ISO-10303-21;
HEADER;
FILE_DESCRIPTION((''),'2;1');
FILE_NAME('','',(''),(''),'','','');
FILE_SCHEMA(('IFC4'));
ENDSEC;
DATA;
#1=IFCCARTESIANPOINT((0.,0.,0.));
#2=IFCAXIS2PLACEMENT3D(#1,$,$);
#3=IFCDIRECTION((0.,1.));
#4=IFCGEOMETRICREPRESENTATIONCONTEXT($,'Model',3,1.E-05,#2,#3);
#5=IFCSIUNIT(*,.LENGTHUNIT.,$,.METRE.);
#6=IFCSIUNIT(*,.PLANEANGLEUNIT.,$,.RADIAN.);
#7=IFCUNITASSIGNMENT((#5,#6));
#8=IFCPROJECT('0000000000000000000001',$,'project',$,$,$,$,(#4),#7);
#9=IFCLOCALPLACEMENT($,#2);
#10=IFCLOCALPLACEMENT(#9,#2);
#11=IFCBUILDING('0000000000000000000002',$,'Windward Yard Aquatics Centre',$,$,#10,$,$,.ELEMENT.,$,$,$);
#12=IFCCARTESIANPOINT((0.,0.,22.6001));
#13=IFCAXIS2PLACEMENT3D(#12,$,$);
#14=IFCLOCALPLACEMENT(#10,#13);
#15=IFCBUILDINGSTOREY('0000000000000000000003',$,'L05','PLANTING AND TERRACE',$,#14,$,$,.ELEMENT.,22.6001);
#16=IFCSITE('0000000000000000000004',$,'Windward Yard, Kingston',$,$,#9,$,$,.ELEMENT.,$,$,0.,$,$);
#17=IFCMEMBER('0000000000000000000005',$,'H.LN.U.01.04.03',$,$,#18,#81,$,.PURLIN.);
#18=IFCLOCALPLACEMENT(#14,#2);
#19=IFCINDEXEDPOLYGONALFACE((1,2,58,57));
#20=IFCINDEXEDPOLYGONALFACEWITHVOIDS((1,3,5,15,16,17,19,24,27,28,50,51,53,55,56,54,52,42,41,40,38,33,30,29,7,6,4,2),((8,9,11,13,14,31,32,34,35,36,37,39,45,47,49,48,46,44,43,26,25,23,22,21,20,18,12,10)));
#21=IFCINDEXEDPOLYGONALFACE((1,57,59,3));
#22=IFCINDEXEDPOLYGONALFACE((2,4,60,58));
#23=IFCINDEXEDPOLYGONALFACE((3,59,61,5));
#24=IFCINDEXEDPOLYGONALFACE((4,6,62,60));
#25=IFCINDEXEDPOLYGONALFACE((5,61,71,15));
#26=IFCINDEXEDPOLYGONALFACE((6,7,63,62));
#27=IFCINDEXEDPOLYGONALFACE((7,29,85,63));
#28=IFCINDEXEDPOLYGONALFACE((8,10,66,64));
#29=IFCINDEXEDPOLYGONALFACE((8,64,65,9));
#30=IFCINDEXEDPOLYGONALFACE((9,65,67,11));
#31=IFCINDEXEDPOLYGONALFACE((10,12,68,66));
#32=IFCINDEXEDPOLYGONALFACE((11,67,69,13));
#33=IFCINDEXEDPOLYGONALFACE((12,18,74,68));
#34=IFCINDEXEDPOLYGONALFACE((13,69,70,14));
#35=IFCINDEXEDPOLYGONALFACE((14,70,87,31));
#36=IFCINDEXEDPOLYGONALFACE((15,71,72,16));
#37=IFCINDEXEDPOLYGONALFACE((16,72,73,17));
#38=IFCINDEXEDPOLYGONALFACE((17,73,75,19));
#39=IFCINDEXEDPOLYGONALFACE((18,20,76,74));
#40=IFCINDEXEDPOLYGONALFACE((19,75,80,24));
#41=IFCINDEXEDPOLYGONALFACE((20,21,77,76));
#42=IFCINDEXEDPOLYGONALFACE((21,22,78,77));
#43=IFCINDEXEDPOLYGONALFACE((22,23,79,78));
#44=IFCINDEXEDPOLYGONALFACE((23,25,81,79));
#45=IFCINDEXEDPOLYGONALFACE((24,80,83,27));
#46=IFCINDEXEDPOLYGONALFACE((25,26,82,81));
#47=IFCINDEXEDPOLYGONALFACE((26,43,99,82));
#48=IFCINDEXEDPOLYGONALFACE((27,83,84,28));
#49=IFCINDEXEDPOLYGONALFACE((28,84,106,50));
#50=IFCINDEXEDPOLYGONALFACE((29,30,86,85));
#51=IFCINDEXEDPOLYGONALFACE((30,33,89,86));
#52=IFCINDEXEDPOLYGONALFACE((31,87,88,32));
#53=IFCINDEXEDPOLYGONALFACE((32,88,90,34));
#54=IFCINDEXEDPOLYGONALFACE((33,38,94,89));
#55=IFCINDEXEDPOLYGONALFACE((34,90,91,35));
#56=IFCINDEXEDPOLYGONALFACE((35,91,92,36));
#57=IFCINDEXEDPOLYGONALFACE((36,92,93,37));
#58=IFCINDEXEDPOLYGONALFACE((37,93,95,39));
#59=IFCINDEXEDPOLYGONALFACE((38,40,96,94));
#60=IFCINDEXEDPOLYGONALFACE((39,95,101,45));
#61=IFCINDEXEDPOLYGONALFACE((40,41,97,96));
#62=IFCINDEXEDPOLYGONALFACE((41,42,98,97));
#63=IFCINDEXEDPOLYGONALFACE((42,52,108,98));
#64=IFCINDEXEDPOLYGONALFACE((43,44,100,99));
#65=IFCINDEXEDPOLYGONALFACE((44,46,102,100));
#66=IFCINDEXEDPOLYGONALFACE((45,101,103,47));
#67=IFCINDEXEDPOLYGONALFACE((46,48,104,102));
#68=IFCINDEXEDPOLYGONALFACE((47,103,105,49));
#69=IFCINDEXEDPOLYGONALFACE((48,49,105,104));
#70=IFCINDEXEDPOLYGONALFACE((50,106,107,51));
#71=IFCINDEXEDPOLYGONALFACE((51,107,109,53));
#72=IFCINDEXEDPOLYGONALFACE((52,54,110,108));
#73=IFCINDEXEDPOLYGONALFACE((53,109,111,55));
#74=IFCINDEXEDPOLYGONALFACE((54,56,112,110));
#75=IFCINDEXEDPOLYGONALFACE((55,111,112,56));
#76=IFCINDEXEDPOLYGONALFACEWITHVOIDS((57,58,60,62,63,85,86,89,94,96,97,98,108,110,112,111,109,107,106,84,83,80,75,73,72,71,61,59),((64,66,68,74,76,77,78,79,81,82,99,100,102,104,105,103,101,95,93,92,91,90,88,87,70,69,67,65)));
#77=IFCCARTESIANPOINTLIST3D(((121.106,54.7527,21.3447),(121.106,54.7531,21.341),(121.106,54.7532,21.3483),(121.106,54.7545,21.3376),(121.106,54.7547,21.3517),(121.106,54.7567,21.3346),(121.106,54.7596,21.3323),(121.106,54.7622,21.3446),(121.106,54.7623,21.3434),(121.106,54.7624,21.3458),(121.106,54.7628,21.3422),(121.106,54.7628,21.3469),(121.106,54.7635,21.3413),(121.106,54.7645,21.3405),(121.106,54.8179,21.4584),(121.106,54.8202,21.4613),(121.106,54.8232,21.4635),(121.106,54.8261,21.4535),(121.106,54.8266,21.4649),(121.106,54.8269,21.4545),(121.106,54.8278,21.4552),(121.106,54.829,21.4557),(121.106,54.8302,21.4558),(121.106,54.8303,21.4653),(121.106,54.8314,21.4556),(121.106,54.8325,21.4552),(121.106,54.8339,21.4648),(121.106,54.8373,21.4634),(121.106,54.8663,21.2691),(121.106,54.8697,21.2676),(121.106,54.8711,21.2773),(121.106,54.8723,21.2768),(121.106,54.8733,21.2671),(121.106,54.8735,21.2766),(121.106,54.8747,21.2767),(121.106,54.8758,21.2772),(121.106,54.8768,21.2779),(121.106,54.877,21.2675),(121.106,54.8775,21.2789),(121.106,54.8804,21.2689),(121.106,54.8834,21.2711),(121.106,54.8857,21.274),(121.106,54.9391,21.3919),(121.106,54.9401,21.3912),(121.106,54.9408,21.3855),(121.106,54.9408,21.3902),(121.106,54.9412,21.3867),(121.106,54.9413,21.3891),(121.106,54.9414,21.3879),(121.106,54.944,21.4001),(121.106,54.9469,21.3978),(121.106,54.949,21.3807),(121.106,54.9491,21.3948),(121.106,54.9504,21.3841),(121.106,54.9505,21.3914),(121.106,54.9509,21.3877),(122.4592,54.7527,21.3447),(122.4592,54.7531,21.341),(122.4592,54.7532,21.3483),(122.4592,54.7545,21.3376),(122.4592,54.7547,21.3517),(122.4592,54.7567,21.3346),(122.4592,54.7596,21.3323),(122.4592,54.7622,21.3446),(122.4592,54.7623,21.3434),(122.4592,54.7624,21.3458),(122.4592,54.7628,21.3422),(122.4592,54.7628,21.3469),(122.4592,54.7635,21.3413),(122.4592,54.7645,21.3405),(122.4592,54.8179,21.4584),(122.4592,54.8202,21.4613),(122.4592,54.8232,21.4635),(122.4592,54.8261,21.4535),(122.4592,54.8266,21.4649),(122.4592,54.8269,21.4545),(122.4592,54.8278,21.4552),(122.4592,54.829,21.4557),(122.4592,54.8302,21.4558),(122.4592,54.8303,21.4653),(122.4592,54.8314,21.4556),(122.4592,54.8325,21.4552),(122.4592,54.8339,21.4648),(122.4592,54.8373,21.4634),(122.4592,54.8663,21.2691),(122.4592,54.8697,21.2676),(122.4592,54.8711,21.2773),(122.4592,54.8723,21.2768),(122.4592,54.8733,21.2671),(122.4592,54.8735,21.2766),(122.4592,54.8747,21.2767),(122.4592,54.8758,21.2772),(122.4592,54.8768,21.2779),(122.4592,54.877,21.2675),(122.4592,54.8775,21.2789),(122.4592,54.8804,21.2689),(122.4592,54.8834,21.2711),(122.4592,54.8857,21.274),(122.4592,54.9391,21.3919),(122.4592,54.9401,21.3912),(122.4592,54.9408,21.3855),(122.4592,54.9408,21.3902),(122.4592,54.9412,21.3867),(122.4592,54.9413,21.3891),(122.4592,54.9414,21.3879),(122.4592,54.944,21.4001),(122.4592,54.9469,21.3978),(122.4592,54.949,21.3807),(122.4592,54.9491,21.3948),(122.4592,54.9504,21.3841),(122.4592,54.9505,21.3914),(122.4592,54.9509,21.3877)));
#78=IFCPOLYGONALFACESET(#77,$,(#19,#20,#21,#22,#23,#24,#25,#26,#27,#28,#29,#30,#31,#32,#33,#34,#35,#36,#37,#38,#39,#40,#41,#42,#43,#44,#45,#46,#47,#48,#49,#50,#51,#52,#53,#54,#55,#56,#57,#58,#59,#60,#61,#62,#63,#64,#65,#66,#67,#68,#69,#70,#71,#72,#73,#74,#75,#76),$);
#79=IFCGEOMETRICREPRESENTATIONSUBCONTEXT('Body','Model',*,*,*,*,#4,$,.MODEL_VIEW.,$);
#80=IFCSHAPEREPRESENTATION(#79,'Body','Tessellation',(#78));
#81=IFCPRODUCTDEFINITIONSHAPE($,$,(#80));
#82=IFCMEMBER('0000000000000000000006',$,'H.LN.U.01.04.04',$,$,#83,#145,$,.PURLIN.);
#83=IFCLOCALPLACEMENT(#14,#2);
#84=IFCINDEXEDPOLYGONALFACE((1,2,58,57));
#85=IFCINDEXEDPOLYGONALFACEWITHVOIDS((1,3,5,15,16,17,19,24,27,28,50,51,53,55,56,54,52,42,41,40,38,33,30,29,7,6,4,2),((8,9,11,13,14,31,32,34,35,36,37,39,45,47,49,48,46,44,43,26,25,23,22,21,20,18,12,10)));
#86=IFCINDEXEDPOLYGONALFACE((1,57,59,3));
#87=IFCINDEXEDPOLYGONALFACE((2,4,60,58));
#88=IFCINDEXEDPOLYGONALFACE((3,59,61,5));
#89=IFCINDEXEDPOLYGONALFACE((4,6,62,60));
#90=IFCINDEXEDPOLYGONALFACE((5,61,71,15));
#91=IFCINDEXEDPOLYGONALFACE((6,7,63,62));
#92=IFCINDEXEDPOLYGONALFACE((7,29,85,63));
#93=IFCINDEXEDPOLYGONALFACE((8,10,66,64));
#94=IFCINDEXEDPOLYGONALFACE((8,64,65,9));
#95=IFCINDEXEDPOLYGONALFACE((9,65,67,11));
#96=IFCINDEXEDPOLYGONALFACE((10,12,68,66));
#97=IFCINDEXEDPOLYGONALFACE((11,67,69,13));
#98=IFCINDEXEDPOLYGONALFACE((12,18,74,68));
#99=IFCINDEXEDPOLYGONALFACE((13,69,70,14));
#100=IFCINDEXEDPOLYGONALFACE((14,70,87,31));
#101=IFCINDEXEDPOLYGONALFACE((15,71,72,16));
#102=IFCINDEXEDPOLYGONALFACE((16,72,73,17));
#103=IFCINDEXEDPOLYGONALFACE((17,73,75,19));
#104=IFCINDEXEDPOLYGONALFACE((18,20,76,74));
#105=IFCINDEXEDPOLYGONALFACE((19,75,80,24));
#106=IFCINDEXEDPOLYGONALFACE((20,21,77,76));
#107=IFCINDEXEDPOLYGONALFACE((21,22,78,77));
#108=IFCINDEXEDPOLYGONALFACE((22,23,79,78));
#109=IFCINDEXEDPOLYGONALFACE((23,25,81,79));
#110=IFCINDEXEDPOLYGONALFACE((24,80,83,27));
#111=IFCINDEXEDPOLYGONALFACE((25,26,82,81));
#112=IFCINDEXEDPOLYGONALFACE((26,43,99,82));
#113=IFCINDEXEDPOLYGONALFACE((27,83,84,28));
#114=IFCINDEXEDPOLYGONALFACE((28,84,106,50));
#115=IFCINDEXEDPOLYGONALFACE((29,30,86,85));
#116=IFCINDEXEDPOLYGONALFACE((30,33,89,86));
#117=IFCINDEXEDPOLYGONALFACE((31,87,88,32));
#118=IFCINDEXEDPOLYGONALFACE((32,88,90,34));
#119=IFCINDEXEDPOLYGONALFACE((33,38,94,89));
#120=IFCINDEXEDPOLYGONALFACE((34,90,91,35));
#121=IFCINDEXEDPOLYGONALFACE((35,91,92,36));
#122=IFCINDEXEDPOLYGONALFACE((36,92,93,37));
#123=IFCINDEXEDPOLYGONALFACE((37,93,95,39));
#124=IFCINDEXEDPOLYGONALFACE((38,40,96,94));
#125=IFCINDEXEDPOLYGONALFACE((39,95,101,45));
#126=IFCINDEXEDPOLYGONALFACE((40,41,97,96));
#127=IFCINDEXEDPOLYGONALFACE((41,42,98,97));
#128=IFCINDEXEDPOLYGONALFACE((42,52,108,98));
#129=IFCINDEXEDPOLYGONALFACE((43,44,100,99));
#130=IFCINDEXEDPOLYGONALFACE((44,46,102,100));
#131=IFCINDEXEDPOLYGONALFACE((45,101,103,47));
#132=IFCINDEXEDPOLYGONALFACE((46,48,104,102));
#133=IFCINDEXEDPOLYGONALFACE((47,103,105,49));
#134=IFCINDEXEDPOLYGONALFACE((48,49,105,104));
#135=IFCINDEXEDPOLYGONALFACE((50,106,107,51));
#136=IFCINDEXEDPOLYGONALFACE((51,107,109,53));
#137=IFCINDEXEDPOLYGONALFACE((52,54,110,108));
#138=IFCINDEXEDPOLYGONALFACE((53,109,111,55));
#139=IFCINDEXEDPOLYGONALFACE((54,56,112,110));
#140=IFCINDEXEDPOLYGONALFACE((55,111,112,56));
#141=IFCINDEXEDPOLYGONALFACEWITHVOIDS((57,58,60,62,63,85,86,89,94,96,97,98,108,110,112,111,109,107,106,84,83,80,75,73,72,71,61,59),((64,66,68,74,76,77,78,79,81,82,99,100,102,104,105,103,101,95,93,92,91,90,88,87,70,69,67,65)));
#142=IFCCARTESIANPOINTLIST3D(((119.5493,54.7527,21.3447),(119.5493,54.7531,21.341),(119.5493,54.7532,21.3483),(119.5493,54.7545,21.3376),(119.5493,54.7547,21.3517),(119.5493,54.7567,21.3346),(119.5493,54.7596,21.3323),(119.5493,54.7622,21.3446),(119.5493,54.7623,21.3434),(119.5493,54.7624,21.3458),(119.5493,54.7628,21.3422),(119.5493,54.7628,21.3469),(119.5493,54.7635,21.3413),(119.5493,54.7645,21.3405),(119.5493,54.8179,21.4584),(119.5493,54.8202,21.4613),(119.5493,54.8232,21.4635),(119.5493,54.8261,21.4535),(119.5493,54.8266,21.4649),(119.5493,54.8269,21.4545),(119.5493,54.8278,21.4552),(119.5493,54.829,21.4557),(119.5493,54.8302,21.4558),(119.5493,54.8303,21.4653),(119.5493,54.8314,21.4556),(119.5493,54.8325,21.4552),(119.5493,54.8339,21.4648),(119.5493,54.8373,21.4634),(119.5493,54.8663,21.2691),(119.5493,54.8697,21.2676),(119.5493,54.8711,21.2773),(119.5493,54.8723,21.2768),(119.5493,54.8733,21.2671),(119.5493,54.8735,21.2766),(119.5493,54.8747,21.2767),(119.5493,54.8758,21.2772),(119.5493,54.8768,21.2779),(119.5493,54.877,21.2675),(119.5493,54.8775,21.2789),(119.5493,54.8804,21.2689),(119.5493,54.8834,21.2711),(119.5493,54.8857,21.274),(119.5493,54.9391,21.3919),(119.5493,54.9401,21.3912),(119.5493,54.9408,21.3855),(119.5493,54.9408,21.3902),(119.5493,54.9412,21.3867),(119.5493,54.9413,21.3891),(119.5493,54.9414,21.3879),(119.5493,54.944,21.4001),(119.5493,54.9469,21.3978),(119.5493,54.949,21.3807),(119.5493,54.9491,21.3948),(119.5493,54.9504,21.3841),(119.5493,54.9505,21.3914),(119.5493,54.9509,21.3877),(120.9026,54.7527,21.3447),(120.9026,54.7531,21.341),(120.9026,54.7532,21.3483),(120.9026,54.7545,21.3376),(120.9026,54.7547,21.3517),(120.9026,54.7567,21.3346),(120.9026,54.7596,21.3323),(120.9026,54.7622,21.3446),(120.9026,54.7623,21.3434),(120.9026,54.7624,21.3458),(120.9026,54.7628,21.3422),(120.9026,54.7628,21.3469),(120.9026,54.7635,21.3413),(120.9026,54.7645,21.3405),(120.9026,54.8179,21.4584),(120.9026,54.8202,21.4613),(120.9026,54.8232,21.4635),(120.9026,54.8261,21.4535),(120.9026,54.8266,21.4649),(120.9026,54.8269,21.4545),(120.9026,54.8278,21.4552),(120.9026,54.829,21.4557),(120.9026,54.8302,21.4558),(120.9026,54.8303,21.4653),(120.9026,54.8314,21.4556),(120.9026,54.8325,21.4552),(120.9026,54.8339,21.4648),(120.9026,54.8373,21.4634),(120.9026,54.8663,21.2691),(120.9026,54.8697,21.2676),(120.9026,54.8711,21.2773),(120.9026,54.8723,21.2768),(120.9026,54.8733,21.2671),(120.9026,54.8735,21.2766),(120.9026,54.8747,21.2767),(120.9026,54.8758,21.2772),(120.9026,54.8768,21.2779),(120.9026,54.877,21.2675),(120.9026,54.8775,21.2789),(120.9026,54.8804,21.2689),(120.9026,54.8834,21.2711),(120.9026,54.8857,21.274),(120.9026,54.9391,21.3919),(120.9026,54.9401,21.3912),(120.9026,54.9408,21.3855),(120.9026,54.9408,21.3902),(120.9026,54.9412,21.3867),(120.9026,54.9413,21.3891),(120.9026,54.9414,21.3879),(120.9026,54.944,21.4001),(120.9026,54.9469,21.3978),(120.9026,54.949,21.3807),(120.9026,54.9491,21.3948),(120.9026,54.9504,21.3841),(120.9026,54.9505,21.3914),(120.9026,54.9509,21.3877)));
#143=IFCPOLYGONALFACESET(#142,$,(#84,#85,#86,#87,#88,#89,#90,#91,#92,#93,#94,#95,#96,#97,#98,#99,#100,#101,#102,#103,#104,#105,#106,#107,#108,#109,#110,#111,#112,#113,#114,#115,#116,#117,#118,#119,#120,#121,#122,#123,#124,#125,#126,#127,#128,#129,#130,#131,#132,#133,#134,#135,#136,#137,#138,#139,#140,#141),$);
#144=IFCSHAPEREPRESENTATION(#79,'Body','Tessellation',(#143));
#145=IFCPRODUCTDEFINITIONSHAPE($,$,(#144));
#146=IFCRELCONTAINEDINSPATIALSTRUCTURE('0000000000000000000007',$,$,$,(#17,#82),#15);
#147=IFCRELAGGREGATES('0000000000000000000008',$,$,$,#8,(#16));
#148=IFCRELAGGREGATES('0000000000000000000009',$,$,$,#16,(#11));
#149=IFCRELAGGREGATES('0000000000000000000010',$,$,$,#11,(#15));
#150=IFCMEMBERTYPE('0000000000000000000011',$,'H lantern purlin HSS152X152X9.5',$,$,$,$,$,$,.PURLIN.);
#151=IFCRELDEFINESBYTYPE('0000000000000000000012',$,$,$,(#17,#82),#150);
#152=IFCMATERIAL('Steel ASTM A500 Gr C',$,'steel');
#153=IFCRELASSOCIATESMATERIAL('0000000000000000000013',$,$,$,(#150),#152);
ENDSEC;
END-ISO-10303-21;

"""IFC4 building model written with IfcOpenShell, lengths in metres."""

from ifc_helpers import new_model, si_unit, direction, frame, origin, origin_2d, place, context, subcontext, project, spatial, hollow_rectangle, extrude, material, material_profile, profile_set, type_object, element, save


model = new_model("IFC4")

# Units and contexts
model_context = context("Model", 3, precision=1e-05, world=origin(), true_north=direction((0.0, 1.0)))
body_context = subcontext(model_context, "Body", "Model", "MODEL_VIEW")
ifc_project = project(units=[si_unit("LENGTHUNIT", "METRE"), si_unit("PLANEANGLEUNIT", "RADIAN")], contexts=[model_context])

# Site, building, storey
site_placement = place(None, origin())
site = spatial("IfcSite", under=ifc_project, at=site_placement, Name="Windward Yard, Kingston", CompositionType="ELEMENT", RefElevation=0.0)
building_placement = place(site_placement, origin())
building = spatial("IfcBuilding", under=site, at=building_placement, Name="Windward Yard Aquatics Centre", CompositionType="ELEMENT")
storey_placement = place(building_placement, frame((0.0, 0.0, 22.6001)))
storey = spatial("IfcBuildingStorey", under=building, at=storey_placement, Name="L05", Description="PLANTING AND TERRACE", CompositionType="ELEMENT", Elevation=22.6001)

# Members
ifc_material_1 = material(Name="Steel ASTM A500 Gr C", Category="steel")
ifc_material_profile = material_profile(ifc_material_1, hollow_rectangle(XDim=0.1523, YDim=0.1523, WallThickness=0.0095, InnerFilletRadius=0.0046, OuterFilletRadius=0.0142, at=origin_2d()), Name="HSS152X152X9.5")
ifc_profile_set = profile_set([ifc_material_profile], Name="Steel ASTM A500 Gr C")
member_type = type_object("IfcMemberType", Name="H lantern purlin HSS152X152X9.5", PredefinedType="PURLIN", material=ifc_profile_set)
for number, where, z_axis, x_axis, name in (
    (1, (122.4592, 54.8518, 21.3662), (-1.0, 0.0, 0.0), (0.0, -0.51012, -0.860103), "H.LN.U.01.04.03"),
    (2, (120.9026, 54.8518, 21.3662), (-1.0, 0.0, 0.0), (0.0, -0.51012, -0.860103), "H.LN.U.01.04.04"),
):
    element("IfcMember", number, at=place(storey_placement, frame(where, z_axis=z_axis, x_axis=x_axis)), inside=storey, type_object=member_type, Name=name, PredefinedType="PURLIN", context=body_context, shape_type="SweptSolid", body=[
        extrude(hollow_rectangle(XDim=0.1523, YDim=0.1523, WallThickness=0.0095, InnerFilletRadius=0.0046, OuterFilletRadius=0.0142, at=origin_2d()), origin(), (0.0, 0.0, 1.0), 1.3533),
    ])

save(model, "model.ifc")
